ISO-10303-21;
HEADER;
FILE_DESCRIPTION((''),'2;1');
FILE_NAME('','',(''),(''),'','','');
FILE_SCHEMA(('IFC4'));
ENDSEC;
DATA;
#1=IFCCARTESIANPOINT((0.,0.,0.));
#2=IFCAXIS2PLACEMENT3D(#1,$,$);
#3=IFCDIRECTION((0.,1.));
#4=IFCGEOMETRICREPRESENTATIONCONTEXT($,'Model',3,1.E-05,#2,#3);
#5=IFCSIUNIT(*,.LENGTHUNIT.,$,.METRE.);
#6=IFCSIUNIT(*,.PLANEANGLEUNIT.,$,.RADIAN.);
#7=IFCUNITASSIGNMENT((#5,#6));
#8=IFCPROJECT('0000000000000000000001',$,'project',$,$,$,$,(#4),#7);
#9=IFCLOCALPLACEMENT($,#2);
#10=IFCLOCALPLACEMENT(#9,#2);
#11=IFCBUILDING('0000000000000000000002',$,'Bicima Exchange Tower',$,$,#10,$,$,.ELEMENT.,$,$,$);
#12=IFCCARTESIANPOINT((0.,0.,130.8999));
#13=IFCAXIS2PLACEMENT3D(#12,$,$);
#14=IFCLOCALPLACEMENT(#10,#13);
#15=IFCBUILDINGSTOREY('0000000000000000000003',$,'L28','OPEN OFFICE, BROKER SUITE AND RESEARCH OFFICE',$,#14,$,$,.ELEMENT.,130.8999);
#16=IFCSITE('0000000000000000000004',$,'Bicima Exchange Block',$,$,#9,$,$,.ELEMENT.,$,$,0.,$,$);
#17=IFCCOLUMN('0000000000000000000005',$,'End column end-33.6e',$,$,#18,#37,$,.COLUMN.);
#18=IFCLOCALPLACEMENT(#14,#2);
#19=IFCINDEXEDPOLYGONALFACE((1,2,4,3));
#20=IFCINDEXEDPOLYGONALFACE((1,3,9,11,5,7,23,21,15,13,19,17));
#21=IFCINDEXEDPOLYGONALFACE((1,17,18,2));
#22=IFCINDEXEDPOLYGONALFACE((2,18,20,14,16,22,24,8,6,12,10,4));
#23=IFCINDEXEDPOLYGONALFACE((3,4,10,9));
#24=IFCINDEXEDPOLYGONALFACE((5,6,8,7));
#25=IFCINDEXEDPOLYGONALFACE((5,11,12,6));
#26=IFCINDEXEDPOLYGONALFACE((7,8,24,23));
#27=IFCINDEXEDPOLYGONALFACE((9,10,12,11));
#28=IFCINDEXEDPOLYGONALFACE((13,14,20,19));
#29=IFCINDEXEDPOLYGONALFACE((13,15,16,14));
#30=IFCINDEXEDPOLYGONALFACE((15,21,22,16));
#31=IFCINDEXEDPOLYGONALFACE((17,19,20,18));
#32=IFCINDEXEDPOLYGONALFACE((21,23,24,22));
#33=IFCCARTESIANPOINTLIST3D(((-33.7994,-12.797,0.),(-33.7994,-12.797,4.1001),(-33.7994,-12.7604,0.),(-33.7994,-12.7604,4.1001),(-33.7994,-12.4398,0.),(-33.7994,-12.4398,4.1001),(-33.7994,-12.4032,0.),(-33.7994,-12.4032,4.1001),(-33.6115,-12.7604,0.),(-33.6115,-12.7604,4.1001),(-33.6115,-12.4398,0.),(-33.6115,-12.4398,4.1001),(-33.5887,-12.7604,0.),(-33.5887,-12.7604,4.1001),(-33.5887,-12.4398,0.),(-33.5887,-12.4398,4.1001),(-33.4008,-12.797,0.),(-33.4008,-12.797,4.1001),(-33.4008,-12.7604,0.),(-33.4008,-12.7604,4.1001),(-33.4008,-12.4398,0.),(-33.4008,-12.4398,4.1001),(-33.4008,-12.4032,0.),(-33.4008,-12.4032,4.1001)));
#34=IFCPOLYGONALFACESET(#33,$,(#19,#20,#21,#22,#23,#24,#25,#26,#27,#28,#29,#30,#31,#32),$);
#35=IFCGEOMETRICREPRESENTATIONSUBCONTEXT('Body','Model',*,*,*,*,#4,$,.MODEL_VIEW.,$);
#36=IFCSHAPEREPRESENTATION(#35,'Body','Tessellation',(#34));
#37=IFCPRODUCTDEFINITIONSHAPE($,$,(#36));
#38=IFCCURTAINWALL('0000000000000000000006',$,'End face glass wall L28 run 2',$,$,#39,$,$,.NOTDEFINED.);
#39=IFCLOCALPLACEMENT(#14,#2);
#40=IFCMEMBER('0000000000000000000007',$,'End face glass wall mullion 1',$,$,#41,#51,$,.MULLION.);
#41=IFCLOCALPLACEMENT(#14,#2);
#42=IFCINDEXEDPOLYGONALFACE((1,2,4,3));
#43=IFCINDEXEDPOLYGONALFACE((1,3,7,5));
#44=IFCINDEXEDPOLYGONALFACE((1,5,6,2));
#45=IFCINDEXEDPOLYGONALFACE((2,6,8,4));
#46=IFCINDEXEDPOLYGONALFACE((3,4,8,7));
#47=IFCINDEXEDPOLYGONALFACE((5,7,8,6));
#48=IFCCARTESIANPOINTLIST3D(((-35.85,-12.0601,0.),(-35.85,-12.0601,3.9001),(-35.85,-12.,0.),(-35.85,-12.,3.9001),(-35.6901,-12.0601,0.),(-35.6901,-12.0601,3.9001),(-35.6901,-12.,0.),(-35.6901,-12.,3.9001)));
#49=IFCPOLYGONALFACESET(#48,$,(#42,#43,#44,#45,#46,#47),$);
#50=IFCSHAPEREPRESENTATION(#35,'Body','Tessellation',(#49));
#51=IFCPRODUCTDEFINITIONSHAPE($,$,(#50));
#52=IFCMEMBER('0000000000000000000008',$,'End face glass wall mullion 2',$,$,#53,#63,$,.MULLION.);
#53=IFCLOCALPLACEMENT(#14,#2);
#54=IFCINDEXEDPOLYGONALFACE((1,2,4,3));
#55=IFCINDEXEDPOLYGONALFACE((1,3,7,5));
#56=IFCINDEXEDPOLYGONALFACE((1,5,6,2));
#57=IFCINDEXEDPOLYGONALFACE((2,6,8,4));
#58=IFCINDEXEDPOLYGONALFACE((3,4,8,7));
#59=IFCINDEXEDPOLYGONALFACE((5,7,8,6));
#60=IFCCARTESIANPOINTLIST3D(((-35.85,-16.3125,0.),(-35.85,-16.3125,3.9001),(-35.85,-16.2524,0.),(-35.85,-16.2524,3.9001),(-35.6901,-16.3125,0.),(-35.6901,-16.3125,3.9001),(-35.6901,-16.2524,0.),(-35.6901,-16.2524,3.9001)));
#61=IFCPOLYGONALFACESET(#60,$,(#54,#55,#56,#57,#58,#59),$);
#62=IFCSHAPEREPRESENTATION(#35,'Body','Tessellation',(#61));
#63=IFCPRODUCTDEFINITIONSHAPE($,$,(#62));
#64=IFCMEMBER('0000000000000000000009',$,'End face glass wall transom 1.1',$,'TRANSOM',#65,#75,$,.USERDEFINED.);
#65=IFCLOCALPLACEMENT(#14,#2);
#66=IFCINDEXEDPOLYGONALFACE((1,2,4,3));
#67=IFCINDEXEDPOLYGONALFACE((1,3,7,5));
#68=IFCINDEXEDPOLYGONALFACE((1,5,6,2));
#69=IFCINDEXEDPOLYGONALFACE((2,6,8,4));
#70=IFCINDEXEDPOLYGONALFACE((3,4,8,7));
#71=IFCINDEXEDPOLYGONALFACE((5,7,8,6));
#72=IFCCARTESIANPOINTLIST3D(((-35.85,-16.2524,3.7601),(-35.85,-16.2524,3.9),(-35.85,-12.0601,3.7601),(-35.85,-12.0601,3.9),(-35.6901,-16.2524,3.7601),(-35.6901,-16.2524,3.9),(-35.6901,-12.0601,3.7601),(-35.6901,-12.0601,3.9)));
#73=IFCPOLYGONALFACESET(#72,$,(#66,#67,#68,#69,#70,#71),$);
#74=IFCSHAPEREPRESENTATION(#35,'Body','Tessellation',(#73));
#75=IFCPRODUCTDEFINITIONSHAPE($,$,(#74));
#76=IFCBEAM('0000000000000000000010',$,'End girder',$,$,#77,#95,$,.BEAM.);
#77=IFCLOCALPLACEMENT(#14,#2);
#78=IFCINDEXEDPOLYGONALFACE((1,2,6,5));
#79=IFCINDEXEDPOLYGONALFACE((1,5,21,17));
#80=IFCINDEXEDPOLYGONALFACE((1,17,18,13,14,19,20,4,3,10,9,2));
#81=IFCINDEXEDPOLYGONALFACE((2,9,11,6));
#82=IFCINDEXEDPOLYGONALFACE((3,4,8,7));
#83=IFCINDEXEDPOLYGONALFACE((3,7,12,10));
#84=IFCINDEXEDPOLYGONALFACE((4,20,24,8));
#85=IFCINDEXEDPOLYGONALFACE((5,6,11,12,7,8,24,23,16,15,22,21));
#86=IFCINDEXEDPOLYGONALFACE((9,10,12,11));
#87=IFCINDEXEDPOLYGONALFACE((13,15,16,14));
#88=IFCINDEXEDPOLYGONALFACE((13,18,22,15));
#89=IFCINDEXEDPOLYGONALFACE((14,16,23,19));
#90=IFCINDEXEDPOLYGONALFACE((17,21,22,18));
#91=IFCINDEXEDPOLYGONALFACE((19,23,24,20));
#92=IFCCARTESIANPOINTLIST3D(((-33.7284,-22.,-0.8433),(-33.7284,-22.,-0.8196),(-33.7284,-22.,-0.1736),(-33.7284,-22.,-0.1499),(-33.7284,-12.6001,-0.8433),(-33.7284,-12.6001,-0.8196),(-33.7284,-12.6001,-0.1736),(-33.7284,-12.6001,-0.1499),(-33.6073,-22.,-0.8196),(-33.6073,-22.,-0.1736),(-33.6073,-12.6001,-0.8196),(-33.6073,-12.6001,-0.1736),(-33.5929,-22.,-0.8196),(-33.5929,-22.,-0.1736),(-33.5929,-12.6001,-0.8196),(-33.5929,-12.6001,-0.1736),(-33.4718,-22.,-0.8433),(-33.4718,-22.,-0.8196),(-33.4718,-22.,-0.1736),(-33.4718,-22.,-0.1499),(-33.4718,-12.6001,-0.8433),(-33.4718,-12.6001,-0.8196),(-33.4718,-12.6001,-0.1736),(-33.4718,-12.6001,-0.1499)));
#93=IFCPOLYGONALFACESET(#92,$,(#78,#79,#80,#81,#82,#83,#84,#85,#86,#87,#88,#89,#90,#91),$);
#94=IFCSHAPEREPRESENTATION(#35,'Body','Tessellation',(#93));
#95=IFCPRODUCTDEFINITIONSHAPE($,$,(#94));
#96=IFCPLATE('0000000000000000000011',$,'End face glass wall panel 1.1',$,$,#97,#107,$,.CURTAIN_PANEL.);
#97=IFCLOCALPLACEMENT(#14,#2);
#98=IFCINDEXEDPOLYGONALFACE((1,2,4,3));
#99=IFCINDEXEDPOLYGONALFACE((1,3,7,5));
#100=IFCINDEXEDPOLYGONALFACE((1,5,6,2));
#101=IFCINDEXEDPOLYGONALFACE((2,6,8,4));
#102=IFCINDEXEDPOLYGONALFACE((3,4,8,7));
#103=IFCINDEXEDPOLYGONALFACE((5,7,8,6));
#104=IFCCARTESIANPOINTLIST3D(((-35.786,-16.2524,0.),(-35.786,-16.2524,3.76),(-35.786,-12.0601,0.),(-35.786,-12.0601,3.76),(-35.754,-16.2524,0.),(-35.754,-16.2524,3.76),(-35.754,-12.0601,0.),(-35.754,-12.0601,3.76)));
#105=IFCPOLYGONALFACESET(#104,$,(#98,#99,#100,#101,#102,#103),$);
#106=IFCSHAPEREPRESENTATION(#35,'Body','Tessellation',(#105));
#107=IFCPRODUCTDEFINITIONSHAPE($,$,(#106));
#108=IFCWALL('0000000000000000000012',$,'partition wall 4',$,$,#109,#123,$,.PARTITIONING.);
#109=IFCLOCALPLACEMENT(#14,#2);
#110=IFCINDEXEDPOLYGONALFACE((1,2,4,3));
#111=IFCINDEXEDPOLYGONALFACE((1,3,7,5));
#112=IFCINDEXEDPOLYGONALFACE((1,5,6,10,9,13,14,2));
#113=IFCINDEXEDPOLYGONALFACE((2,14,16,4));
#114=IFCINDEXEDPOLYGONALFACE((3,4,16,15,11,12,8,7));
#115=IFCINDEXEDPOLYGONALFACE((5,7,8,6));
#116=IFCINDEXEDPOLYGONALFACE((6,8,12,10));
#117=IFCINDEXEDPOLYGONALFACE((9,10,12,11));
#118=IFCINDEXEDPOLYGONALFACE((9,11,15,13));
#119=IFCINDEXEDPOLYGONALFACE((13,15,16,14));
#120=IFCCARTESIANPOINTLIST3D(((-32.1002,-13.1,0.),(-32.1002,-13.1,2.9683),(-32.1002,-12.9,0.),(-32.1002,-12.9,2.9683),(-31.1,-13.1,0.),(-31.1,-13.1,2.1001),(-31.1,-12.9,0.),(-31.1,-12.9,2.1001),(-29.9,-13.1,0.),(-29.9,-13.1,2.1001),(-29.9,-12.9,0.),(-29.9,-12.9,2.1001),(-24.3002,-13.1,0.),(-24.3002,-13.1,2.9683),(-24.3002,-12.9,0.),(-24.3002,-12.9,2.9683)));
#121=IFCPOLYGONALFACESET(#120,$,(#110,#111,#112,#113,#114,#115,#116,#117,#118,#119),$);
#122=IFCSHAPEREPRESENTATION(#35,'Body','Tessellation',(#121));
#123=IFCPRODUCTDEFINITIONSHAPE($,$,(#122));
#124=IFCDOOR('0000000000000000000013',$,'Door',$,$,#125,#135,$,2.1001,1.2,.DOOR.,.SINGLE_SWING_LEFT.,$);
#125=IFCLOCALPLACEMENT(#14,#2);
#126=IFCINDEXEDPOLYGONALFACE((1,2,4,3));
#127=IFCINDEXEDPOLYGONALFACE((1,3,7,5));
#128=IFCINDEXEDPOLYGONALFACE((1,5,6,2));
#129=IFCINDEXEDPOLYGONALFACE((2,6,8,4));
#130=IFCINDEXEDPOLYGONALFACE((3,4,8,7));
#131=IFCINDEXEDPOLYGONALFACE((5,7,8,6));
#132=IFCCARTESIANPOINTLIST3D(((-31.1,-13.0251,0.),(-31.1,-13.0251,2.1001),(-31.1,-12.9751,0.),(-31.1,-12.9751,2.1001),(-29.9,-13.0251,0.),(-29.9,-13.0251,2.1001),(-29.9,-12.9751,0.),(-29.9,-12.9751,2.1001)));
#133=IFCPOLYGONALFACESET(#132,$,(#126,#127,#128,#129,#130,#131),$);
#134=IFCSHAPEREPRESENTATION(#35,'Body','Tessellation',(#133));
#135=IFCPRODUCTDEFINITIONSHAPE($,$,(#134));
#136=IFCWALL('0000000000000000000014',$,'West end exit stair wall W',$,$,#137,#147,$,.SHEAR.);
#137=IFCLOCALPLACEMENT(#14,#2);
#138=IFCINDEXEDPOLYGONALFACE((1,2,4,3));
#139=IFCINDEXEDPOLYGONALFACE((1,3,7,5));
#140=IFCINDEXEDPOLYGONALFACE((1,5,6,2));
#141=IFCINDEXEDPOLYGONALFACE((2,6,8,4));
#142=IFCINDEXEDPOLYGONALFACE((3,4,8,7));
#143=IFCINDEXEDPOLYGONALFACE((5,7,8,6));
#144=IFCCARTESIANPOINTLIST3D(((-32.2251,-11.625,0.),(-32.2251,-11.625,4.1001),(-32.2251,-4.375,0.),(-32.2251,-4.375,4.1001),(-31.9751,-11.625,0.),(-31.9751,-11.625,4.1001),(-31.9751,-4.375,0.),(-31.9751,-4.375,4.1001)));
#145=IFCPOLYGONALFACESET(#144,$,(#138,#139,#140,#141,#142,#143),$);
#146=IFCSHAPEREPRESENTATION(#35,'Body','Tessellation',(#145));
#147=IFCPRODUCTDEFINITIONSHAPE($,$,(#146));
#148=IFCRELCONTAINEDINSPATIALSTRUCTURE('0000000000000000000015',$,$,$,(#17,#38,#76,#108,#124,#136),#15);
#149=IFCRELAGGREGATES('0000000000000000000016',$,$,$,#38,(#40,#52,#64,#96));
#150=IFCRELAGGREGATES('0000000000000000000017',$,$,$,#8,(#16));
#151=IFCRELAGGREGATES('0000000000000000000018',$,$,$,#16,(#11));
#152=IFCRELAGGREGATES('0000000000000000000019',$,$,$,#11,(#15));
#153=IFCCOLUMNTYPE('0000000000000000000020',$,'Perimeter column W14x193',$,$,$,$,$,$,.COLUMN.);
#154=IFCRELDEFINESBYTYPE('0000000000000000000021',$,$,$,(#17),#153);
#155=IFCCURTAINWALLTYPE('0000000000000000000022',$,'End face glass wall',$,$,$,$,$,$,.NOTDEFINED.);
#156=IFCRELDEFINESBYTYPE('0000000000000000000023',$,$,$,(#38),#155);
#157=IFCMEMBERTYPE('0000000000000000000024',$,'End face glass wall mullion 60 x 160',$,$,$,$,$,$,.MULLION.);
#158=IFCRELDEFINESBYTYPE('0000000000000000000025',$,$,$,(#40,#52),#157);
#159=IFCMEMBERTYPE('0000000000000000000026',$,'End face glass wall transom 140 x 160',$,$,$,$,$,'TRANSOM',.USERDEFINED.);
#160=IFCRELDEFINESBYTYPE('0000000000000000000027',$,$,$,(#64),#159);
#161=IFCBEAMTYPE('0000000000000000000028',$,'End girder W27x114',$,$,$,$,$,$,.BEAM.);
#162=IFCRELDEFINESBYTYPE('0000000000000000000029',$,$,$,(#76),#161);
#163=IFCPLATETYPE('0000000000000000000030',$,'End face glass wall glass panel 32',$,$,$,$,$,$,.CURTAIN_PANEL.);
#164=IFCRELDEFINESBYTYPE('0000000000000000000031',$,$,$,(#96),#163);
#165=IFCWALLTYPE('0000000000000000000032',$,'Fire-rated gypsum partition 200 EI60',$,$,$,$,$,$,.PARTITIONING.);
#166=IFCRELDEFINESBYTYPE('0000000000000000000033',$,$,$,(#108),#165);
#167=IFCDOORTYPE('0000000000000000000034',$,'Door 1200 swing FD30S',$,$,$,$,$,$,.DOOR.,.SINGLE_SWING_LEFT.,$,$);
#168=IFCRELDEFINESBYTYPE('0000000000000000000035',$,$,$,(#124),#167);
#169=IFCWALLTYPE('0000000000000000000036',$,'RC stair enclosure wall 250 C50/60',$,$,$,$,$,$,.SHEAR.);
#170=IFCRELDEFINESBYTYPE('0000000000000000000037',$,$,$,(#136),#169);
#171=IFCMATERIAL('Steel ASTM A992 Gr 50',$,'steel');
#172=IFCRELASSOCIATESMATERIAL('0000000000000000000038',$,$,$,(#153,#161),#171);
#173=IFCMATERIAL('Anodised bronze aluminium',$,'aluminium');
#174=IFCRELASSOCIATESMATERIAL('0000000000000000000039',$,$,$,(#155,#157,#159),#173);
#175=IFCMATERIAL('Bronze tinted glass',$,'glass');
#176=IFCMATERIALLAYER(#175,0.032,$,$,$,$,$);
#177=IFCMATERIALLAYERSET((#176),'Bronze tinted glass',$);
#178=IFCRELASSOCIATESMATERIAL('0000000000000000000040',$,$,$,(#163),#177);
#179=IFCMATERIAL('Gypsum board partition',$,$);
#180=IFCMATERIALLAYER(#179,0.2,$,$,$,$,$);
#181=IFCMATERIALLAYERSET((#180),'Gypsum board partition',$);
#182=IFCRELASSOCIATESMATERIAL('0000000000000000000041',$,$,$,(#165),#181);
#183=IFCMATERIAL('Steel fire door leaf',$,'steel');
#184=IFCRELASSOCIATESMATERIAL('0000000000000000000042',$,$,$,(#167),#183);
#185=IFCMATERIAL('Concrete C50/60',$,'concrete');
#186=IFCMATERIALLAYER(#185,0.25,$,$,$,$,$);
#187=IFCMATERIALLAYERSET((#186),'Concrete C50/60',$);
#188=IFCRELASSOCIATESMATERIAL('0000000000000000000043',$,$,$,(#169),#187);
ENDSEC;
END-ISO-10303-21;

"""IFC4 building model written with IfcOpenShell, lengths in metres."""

from ifc_helpers import new_model, si_unit, direction, frame, frame_2d, origin, origin_2d, place, context, subcontext, project, spatial, rectangle, i_section, extrude, material, layer, layer_set, material_profile, profile_set, type_object, element, fill, aggregate, save


model = new_model("IFC4")

# Units and contexts
model_context = context("Model", 3, precision=1e-05, world=origin(), true_north=direction((0.0, 1.0)))
body_context = subcontext(model_context, "Body", "Model", "MODEL_VIEW")
ifc_project = project(units=[si_unit("LENGTHUNIT", "METRE"), si_unit("PLANEANGLEUNIT", "RADIAN")], contexts=[model_context])

# Site, building, storey
site_placement = place(None, origin())
site = spatial("IfcSite", under=ifc_project, at=site_placement, Name="Bicima Exchange Block", CompositionType="ELEMENT", RefElevation=0.0)
building_placement = place(site_placement, origin())
building = spatial("IfcBuilding", under=site, at=building_placement, Name="Bicima Exchange Tower", CompositionType="ELEMENT")
storey_placement = place(building_placement, frame((0.0, 0.0, 130.8999)))
storey = spatial("IfcBuildingStorey", under=building, at=storey_placement, Name="L28", Description="OPEN OFFICE, BROKER SUITE AND RESEARCH OFFICE", CompositionType="ELEMENT", Elevation=130.8999)

# Column
ifc_material_1 = material(Name="Steel ASTM A992 Gr 50", Category="steel")
ifc_material_profile_1 = material_profile(ifc_material_1, i_section(OverallWidth=0.3987, OverallDepth=0.3938, WebThickness=0.0227, FlangeThickness=0.0366, at=origin_2d()))
ifc_profile_set_1 = profile_set([ifc_material_profile_1], Name="Steel ASTM A992 Gr 50")
column_type = type_object("IfcColumnType", Name="Perimeter column W14x193", PredefinedType="COLUMN", material=ifc_profile_set_1)
column_placement = place(storey_placement, frame((-33.6001, -12.6001, 0.0), z_axis=(0.0, 0.0, 1.0), x_axis=(1.0, 0.0, 0.0)))
element("IfcColumn", 1, at=column_placement, inside=storey, type_object=column_type, Name="End column end-33.6e", PredefinedType="COLUMN", context=body_context, shape_type="SweptSolid", body=[
    extrude(i_section(OverallWidth=0.3987, OverallDepth=0.3938, WebThickness=0.0227, FlangeThickness=0.0366, at=origin_2d()), origin(), (0.0, 0.0, 1.0), 4.1001),
])

# Curtain wall, members
ifc_material_2 = material(Name="Anodised bronze aluminium", Category="aluminium")
curtain_wall_type = type_object("IfcCurtainWallType", Name="End face glass wall", PredefinedType="NOTDEFINED", material=ifc_material_2)
curtain_wall_placement = place(storey_placement, origin())
curtain_wall = element("IfcCurtainWall", 2, at=curtain_wall_placement, inside=storey, type_object=curtain_wall_type, Name="End face glass wall L28 run 2", PredefinedType="NOTDEFINED")
ifc_material_profile_2 = material_profile(ifc_material_2, rectangle(XDim=0.1599, YDim=0.0601, at=origin_2d()))
ifc_profile_set_2 = profile_set([ifc_material_profile_2], Name="Anodised bronze aluminium")
member_type_1 = type_object("IfcMemberType", Name="End face glass wall mullion 60 x 160", PredefinedType="MULLION", material=ifc_profile_set_2)
member_1_placement = place(storey_placement, frame((-35.77, -12.03, 0.0), z_axis=(0.0, 0.0, 1.0), x_axis=(1.0, 0.0, 0.0)))
member_1 = element("IfcMember", 3, at=member_1_placement, type_object=member_type_1, Name="End face glass wall mullion 1", PredefinedType="MULLION", context=body_context, shape_type="SweptSolid", body=[
    extrude(rectangle(XDim=0.1599, YDim=0.0601, at=origin_2d()), origin(), (0.0, 0.0, 1.0), 3.9001),
])
member_2_placement = place(storey_placement, frame((-35.77, -16.2825, 0.0), z_axis=(0.0, 0.0, 1.0), x_axis=(1.0, 0.0, 0.0)))
member_2 = element("IfcMember", 4, at=member_2_placement, type_object=member_type_1, Name="End face glass wall mullion 2", PredefinedType="MULLION", context=body_context, shape_type="SweptSolid", body=[
    extrude(rectangle(XDim=0.1599, YDim=0.0601, at=origin_2d()), origin(), (0.0, 0.0, 1.0), 3.9001),
])
ifc_material_profile_3 = material_profile(ifc_material_2, rectangle(XDim=0.1599, YDim=0.1399, at=origin_2d()))
ifc_profile_set_3 = profile_set([ifc_material_profile_3], Name="Anodised bronze aluminium")
member_type_2 = type_object("IfcMemberType", Name="End face glass wall transom 140 x 160", ElementType="TRANSOM", PredefinedType="USERDEFINED", material=ifc_profile_set_3)
member_3_placement = place(storey_placement, frame((-35.77, -12.0601, 3.8301), z_axis=(0.0, -1.0, 0.0), x_axis=(1.0, 0.0, 0.0)))
member_3 = element("IfcMember", 5, at=member_3_placement, type_object=member_type_2, Name="End face glass wall transom 1.1", ObjectType="TRANSOM", PredefinedType="USERDEFINED", context=body_context, shape_type="SweptSolid", body=[
    extrude(rectangle(XDim=0.1599, YDim=0.1399, at=origin_2d()), origin(), (0.0, 0.0, 1.0), 4.1924),
])

# Beam
ifc_material_profile_4 = material_profile(ifc_material_1, i_section(OverallWidth=0.2566, OverallDepth=0.6934, WebThickness=0.0144, FlangeThickness=0.0237, at=origin_2d()))
ifc_profile_set_4 = profile_set([ifc_material_profile_4], Name="Steel ASTM A992 Gr 50")
beam_type = type_object("IfcBeamType", Name="End girder W27x114", PredefinedType="BEAM", material=ifc_profile_set_4)
beam_placement = place(storey_placement, frame((-33.6001, -12.6001, -0.4966), z_axis=(0.0, -1.0, 0.0), x_axis=(1.0, 0.0, 0.0)))
element("IfcBeam", 6, at=beam_placement, inside=storey, type_object=beam_type, Name="End girder", PredefinedType="BEAM", context=body_context, shape_type="SweptSolid", body=[
    extrude(i_section(OverallWidth=0.2566, OverallDepth=0.6934, WebThickness=0.0144, FlangeThickness=0.0237, at=origin_2d()), origin(), (0.0, 0.0, 1.0), 9.3999),
])

# Plate
ifc_material_3 = material(Name="Bronze tinted glass", Category="glass")
ifc_layer_1 = layer(ifc_material_3, 0.032)
ifc_layer_set_1 = layer_set([ifc_layer_1], Name="Bronze tinted glass")
plate_type = type_object("IfcPlateType", Name="End face glass wall glass panel 32", PredefinedType="CURTAIN_PANEL", material=ifc_layer_set_1)
plate_placement = place(storey_placement, frame((-35.77, -14.1562, 0.0), z_axis=(0.0, 0.0, 1.0), x_axis=(0.0, -1.0, 0.0)))
plate = element("IfcPlate", 7, at=plate_placement, type_object=plate_type, Name="End face glass wall panel 1.1", PredefinedType="CURTAIN_PANEL", context=body_context, shape_type="SweptSolid", body=[
    extrude(rectangle(XDim=4.1924, YDim=0.032, at=origin_2d()), origin(), (0.0, 0.0, 1.0), 3.76),
])
aggregate(curtain_wall, [member_1, member_2, member_3, plate])

# Shared definitions
ifc_material_4 = material(Name="Gypsum board partition")
ifc_layer_2 = layer(ifc_material_4, 0.2)
ifc_layer_set_2 = layer_set([ifc_layer_2], Name="Gypsum board partition")
wall_type_1 = type_object("IfcWallType", Name="Fire-rated gypsum partition 200 EI60", PredefinedType="PARTITIONING", material=ifc_layer_set_2)
ifc_material_5 = material(Name="Steel fire door leaf", Category="steel")

# Wall, opening, door
wall_1_placement = place(storey_placement, frame((-32.1001, -13.0, 0.0), z_axis=(0.0, 0.0, 1.0), x_axis=(1.0, 0.0, 0.0)))
wall_1 = element("IfcWall", 8, at=wall_1_placement, inside=storey, type_object=wall_type_1, Name="partition wall 4", PredefinedType="PARTITIONING", context=body_context, shape_type="SweptSolid", body=[
    extrude(rectangle(XDim=7.8, YDim=0.2, at=frame_2d((3.8999, 0.0))), origin(), (0.0, 0.0, 1.0), 2.9683),
])
opening_1_placement = place(wall_1_placement, frame((1.0, 0.0, 0.0)))
opening_1 = element("IfcOpeningElement", 9, at=opening_1_placement, cuts=wall_1, PredefinedType="OPENING", context=body_context, shape_type="SweptSolid", body=[
    extrude(rectangle(XDim=1.2, YDim=2.1001, at=frame_2d((0.6001, 1.05))), frame((0.0, 0.1118, 0.0), z_axis=(0.0, -1.0, 0.0), x_axis=(1.0, 0.0, 0.0)), (0.0, 0.0, 1.0), 0.2239),
])
door_type_1 = type_object("IfcDoorType", Name="Door 1200 swing FD30S", OperationType="SINGLE_SWING_LEFT", PredefinedType="DOOR", material=ifc_material_5)
door_1_placement = place(opening_1_placement, origin())
door_1 = element("IfcDoor", 10, at=door_1_placement, inside=storey, type_object=door_type_1, Name="Door", OperationType="SINGLE_SWING_LEFT", OverallHeight=2.1001, OverallWidth=1.2, PredefinedType="DOOR", context=body_context, shape_type="SweptSolid", body=[
    extrude(rectangle(XDim=1.2, YDim=2.1001, at=frame_2d((0.6001, 1.05))), frame((0.0, 0.0249, 0.0), z_axis=(0.0, -1.0, 0.0), x_axis=(1.0, 0.0, 0.0)), (0.0, 0.0, 1.0), 0.05),
])
fill(opening_1, door_1)

# Wall
ifc_material_6 = material(Name="Concrete C50/60", Category="concrete")
ifc_layer_3 = layer(ifc_material_6, 0.25)
ifc_layer_set_3 = layer_set([ifc_layer_3], Name="Concrete C50/60")
wall_type_2 = type_object("IfcWallType", Name="RC stair enclosure wall 250 C50/60", PredefinedType="SHEAR", material=ifc_layer_set_3)
wall_2_placement = place(storey_placement, frame((-32.1001, -11.625, 0.0), z_axis=(0.0, 0.0, 1.0), x_axis=(0.0, 1.0, 0.0)))
element("IfcWall", 11, at=wall_2_placement, inside=storey, type_object=wall_type_2, Name="West end exit stair wall W", PredefinedType="SHEAR", context=body_context, shape_type="SweptSolid", body=[
    extrude(rectangle(XDim=7.25, YDim=0.25, at=frame_2d((3.625, 0.0))), origin(), (0.0, 0.0, 1.0), 4.1001),
])

save(model, "model.ifc")
